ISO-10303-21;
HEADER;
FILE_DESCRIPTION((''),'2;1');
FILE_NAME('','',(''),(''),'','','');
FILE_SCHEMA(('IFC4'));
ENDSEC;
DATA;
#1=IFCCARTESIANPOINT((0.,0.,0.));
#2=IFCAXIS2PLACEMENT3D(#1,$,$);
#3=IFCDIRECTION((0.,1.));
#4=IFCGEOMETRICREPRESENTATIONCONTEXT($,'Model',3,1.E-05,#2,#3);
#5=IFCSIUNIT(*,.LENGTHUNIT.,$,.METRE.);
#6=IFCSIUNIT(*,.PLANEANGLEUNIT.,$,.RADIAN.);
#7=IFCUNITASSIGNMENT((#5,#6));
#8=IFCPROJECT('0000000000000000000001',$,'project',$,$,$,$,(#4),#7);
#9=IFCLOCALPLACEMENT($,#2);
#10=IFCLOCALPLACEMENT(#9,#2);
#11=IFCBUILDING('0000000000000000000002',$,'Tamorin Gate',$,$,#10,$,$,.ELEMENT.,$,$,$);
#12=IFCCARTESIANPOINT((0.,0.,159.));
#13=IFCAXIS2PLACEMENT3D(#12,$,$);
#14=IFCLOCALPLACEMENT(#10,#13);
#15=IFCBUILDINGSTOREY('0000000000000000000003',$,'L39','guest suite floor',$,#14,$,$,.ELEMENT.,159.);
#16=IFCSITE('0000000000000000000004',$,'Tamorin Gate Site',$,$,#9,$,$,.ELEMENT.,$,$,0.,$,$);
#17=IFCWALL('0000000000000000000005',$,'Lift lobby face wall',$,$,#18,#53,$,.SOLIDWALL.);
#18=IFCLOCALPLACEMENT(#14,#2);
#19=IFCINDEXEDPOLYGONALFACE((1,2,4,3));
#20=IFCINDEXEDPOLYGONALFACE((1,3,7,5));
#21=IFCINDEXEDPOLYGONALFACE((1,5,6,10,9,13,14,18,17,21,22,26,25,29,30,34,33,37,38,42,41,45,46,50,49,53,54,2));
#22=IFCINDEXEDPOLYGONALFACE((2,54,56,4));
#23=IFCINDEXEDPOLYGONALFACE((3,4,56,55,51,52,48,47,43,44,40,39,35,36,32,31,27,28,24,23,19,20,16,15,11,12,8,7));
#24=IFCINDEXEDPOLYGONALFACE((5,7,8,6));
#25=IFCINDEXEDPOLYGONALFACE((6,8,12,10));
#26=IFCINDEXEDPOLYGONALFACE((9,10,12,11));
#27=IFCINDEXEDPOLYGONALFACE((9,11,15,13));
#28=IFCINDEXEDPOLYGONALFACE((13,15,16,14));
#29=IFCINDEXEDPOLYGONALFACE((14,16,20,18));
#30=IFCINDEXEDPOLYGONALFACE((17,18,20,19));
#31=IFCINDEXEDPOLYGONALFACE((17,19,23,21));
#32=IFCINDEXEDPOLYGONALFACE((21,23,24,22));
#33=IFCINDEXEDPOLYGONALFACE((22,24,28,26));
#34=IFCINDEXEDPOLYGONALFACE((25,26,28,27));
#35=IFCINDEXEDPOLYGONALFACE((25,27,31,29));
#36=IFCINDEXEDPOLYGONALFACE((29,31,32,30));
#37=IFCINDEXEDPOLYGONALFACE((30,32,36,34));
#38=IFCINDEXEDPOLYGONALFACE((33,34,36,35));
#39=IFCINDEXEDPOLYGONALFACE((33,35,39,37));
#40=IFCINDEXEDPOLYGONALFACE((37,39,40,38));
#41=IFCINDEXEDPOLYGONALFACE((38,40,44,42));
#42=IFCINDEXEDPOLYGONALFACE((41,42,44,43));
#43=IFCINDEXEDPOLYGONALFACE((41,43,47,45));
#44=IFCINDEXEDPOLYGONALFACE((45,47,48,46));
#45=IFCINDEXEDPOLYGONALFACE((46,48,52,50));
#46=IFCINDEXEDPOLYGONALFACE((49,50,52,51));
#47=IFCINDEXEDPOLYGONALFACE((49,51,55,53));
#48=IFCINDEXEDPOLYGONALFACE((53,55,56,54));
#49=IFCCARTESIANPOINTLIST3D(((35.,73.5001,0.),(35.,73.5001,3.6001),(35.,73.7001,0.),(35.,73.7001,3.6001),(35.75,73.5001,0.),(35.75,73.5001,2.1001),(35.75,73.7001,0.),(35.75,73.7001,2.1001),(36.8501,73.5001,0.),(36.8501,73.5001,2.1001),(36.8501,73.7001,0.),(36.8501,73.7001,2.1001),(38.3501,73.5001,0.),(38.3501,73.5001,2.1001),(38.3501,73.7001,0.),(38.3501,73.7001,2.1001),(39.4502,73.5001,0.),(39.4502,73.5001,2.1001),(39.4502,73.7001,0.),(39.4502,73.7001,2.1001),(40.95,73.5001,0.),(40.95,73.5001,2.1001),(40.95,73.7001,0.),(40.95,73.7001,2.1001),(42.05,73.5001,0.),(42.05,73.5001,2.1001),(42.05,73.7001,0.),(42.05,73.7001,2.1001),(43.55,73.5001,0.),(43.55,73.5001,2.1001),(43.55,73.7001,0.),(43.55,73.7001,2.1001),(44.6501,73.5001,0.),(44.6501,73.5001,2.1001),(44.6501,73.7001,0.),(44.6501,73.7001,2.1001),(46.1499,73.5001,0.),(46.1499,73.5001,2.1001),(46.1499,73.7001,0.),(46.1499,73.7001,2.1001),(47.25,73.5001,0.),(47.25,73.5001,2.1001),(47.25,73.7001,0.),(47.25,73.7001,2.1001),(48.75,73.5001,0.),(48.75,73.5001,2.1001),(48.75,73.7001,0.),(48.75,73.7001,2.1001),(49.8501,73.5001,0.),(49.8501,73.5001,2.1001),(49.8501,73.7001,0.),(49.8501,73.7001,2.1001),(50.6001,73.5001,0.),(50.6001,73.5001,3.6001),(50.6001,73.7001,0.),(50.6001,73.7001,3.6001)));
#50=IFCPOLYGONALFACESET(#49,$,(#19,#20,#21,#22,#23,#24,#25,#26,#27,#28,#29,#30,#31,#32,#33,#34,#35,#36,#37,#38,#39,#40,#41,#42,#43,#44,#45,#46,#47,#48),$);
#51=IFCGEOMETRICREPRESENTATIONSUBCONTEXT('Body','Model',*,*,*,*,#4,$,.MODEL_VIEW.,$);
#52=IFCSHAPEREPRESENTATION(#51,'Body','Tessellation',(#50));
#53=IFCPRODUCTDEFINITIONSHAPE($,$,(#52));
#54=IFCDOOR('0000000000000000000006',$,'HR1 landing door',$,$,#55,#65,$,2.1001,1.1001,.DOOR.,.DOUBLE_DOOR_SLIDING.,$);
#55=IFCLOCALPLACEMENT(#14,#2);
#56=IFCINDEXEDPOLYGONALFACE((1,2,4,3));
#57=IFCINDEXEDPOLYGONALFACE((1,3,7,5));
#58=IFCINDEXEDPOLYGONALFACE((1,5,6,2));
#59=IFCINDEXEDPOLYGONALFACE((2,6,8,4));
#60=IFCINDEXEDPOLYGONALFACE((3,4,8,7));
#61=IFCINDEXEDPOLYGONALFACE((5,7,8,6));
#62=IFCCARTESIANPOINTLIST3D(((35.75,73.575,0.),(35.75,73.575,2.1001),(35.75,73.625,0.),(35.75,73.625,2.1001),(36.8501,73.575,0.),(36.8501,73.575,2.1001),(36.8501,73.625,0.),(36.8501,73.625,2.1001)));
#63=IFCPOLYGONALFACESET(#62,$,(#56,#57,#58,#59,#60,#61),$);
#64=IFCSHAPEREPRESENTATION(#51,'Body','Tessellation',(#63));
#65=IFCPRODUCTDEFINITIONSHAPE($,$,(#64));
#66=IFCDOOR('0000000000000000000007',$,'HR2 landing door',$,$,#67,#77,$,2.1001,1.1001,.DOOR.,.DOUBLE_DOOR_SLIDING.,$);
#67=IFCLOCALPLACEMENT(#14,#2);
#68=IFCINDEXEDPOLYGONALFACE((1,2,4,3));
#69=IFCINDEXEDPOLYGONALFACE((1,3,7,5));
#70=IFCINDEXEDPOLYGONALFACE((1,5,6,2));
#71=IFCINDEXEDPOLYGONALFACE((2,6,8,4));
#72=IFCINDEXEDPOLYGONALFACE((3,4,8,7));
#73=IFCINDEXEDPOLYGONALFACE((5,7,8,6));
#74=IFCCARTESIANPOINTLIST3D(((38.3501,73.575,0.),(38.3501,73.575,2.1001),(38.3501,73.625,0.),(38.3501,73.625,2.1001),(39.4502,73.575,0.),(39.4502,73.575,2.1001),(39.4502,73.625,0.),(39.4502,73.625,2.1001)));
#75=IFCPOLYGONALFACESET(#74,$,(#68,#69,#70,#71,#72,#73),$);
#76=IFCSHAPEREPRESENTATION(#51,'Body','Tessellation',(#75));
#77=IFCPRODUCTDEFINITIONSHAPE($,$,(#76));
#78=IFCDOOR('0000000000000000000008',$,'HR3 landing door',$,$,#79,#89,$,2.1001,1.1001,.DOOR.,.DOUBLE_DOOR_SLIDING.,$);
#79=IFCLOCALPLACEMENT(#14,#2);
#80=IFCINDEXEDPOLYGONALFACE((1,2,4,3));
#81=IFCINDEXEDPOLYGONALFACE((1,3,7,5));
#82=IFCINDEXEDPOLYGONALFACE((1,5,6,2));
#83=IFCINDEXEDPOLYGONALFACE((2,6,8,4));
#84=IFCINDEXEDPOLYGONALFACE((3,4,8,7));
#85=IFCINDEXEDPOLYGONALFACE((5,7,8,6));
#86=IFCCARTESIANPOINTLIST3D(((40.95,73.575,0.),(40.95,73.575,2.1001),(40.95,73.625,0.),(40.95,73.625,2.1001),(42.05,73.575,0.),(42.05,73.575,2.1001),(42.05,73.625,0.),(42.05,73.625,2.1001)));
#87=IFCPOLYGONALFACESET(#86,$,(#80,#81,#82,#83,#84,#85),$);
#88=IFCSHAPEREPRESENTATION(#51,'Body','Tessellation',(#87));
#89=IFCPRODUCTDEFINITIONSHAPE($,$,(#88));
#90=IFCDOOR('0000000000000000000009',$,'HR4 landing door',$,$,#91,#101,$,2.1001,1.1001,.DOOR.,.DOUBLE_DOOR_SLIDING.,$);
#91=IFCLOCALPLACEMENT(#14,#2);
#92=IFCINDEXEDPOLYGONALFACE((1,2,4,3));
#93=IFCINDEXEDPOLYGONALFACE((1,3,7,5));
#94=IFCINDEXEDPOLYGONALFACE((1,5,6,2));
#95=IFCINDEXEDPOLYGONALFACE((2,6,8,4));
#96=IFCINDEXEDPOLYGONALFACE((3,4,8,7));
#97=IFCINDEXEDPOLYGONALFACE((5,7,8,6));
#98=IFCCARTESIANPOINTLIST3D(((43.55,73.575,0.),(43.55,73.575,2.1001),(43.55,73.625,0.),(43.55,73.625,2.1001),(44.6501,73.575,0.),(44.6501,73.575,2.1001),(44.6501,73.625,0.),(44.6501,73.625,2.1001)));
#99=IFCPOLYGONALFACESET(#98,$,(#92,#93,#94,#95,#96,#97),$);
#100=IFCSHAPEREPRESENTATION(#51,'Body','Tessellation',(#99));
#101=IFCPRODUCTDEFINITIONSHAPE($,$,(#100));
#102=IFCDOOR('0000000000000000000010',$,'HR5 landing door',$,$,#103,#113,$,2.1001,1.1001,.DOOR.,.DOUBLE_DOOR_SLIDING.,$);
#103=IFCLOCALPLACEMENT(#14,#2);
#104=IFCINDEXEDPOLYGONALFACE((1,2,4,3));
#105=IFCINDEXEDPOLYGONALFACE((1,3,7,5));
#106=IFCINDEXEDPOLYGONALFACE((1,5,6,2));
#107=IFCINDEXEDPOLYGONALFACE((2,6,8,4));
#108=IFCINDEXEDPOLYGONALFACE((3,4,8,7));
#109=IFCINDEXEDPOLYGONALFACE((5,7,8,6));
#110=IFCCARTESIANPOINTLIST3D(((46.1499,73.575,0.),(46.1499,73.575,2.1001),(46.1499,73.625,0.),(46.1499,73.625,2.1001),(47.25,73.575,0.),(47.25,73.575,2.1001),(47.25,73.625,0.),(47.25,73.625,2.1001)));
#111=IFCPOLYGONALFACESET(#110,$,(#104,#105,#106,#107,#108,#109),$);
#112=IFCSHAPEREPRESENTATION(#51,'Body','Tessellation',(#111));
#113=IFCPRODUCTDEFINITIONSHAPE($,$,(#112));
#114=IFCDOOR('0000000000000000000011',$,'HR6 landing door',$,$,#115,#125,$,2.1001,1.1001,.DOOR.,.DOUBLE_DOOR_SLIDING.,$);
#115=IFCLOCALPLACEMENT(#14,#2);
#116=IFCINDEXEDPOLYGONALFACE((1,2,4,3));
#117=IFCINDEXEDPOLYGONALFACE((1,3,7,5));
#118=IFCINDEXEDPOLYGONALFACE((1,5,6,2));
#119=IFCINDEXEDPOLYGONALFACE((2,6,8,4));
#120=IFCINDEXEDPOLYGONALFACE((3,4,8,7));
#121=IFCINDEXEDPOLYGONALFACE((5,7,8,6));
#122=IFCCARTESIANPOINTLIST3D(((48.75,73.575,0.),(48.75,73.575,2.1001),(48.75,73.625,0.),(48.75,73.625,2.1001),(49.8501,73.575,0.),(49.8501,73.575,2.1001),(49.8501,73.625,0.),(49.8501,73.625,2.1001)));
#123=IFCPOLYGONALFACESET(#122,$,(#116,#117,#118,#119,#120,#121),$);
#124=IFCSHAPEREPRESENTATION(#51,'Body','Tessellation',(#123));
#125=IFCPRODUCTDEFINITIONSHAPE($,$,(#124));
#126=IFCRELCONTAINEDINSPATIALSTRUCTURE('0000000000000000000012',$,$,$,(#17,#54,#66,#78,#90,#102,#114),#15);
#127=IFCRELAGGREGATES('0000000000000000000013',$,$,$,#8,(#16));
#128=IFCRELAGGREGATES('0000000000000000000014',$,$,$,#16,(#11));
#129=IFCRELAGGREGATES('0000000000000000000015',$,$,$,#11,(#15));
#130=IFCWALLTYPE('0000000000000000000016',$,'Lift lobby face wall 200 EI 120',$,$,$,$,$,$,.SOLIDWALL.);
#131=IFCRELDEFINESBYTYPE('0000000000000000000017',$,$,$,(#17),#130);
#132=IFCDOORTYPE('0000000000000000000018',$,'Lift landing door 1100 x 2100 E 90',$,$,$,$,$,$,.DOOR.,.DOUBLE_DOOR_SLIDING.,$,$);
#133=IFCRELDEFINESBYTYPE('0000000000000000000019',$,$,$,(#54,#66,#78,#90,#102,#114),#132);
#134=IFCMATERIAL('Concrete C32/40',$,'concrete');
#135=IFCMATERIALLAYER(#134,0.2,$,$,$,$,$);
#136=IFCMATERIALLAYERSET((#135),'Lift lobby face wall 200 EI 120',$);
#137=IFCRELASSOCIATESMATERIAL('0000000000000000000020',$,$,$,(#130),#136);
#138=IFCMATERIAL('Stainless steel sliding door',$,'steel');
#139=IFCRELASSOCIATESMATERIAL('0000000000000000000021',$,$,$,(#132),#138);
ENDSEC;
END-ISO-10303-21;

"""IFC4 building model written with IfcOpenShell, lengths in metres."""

from ifc_helpers import new_model, si_unit, direction, frame, frame_2d, origin, place, context, subcontext, project, spatial, rectangle, extrude, material, layer, layer_set, type_object, element, fill, save


model = new_model("IFC4")

# Units and contexts
model_context = context("Model", 3, precision=1e-05, world=origin(), true_north=direction((0.0, 1.0)))
body_context = subcontext(model_context, "Body", "Model", "MODEL_VIEW")
ifc_project = project(units=[si_unit("LENGTHUNIT", "METRE"), si_unit("PLANEANGLEUNIT", "RADIAN")], contexts=[model_context])

# Site, building, storey
site_placement = place(None, origin())
site = spatial("IfcSite", under=ifc_project, at=site_placement, Name="Tamorin Gate Site", CompositionType="ELEMENT", RefElevation=0.0)
building_placement = place(site_placement, origin())
building = spatial("IfcBuilding", under=site, at=building_placement, Name="Tamorin Gate", CompositionType="ELEMENT")
storey_placement = place(building_placement, frame((0.0, 0.0, 159.0)))
storey = spatial("IfcBuildingStorey", under=building, at=storey_placement, Name="L39", Description="guest suite floor", CompositionType="ELEMENT", Elevation=159.0)

# Wall, openings, doors
ifc_material_1 = material(Name="Concrete C32/40", Category="concrete")
ifc_layer_1 = layer(ifc_material_1, 0.2)
ifc_layer_set_1 = layer_set([ifc_layer_1], Name="Lift lobby face wall 200 EI 120")
wall_type_1 = type_object("IfcWallType", Name="Lift lobby face wall 200 EI 120", PredefinedType="SOLIDWALL", material=ifc_layer_set_1)
wall_1_placement = place(storey_placement, frame((35.0, 73.6001, 0.0), z_axis=(0.0, 0.0, 1.0), x_axis=(1.0, 0.0, 0.0)))
wall_1 = element("IfcWall", 1, at=wall_1_placement, inside=storey, type_object=wall_type_1, Name="Lift lobby face wall", PredefinedType="SOLIDWALL", context=body_context, shape_type="SweptSolid", body=[
    extrude(rectangle(XDim=15.6001, YDim=0.2, at=frame_2d((7.8, 0.0))), origin(), (0.0, 0.0, 1.0), 3.6001),
])
opening_1_placement = place(wall_1_placement, frame((0.75, 0.0, 0.0)))
opening_1 = element("IfcOpeningElement", 2, at=opening_1_placement, cuts=wall_1, PredefinedType="OPENING", context=body_context, shape_type="SweptSolid", body=[
    extrude(rectangle(XDim=1.1001, YDim=2.1001, at=frame_2d((0.55, 1.05))), frame((0.0, 0.1099, 0.0), z_axis=(0.0, -1.0, 0.0), x_axis=(1.0, 0.0, 0.0)), (0.0, 0.0, 1.0), 0.22),
])
opening_2_placement = place(wall_1_placement, frame((3.3501, 0.0, 0.0)))
opening_2 = element("IfcOpeningElement", 3, at=opening_2_placement, cuts=wall_1, PredefinedType="OPENING", context=body_context, shape_type="SweptSolid", body=[
    extrude(rectangle(XDim=1.1001, YDim=2.1001, at=frame_2d((0.55, 1.05))), frame((0.0, 0.1099, 0.0), z_axis=(0.0, -1.0, 0.0), x_axis=(1.0, 0.0, 0.0)), (0.0, 0.0, 1.0), 0.22),
])
opening_3_placement = place(wall_1_placement, frame((5.95, 0.0, 0.0)))
opening_3 = element("IfcOpeningElement", 4, at=opening_3_placement, cuts=wall_1, PredefinedType="OPENING", context=body_context, shape_type="SweptSolid", body=[
    extrude(rectangle(XDim=1.1001, YDim=2.1001, at=frame_2d((0.55, 1.05))), frame((0.0, 0.1099, 0.0), z_axis=(0.0, -1.0, 0.0), x_axis=(1.0, 0.0, 0.0)), (0.0, 0.0, 1.0), 0.22),
])
opening_4_placement = place(wall_1_placement, frame((8.55, 0.0, 0.0)))
opening_4 = element("IfcOpeningElement", 5, at=opening_4_placement, cuts=wall_1, PredefinedType="OPENING", context=body_context, shape_type="SweptSolid", body=[
    extrude(rectangle(XDim=1.1001, YDim=2.1001, at=frame_2d((0.55, 1.05))), frame((0.0, 0.1099, 0.0), z_axis=(0.0, -1.0, 0.0), x_axis=(1.0, 0.0, 0.0)), (0.0, 0.0, 1.0), 0.22),
])
opening_5_placement = place(wall_1_placement, frame((11.1499, 0.0, 0.0)))
opening_5 = element("IfcOpeningElement", 6, at=opening_5_placement, cuts=wall_1, PredefinedType="OPENING", context=body_context, shape_type="SweptSolid", body=[
    extrude(rectangle(XDim=1.1001, YDim=2.1001, at=frame_2d((0.55, 1.05))), frame((0.0, 0.1099, 0.0), z_axis=(0.0, -1.0, 0.0), x_axis=(1.0, 0.0, 0.0)), (0.0, 0.0, 1.0), 0.22),
])
opening_6_placement = place(wall_1_placement, frame((13.75, 0.0, 0.0)))
opening_6 = element("IfcOpeningElement", 7, at=opening_6_placement, cuts=wall_1, PredefinedType="OPENING", context=body_context, shape_type="SweptSolid", body=[
    extrude(rectangle(XDim=1.1001, YDim=2.1001, at=frame_2d((0.55, 1.05))), frame((0.0, 0.1099, 0.0), z_axis=(0.0, -1.0, 0.0), x_axis=(1.0, 0.0, 0.0)), (0.0, 0.0, 1.0), 0.22),
])
ifc_material_2 = material(Name="Stainless steel sliding door", Category="steel")
door_type_1 = type_object("IfcDoorType", Name="Lift landing door 1100 x 2100 E 90", OperationType="DOUBLE_DOOR_SLIDING", PredefinedType="DOOR", material=ifc_material_2)
door_1_placement = place(opening_1_placement, origin())
door_1 = element("IfcDoor", 8, at=door_1_placement, inside=storey, type_object=door_type_1, Name="HR1 landing door", OperationType="DOUBLE_DOOR_SLIDING", OverallHeight=2.1001, OverallWidth=1.1001, PredefinedType="DOOR", context=body_context, shape_type="SweptSolid", body=[
    extrude(rectangle(XDim=1.1001, YDim=2.1001, at=frame_2d((0.55, 1.05))), frame((0.0, 0.0249, 0.0), z_axis=(0.0, -1.0, 0.0), x_axis=(1.0, 0.0, 0.0)), (0.0, 0.0, 1.0), 0.05),
])
fill(opening_1, door_1)
door_2_placement = place(opening_2_placement, origin())
door_2 = element("IfcDoor", 9, at=door_2_placement, inside=storey, type_object=door_type_1, Name="HR2 landing door", OperationType="DOUBLE_DOOR_SLIDING", OverallHeight=2.1001, OverallWidth=1.1001, PredefinedType="DOOR", context=body_context, shape_type="SweptSolid", body=[
    extrude(rectangle(XDim=1.1001, YDim=2.1001, at=frame_2d((0.55, 1.05))), frame((0.0, 0.0249, 0.0), z_axis=(0.0, -1.0, 0.0), x_axis=(1.0, 0.0, 0.0)), (0.0, 0.0, 1.0), 0.05),
])
fill(opening_2, door_2)
door_3_placement = place(opening_3_placement, origin())
door_3 = element("IfcDoor", 10, at=door_3_placement, inside=storey, type_object=door_type_1, Name="HR3 landing door", OperationType="DOUBLE_DOOR_SLIDING", OverallHeight=2.1001, OverallWidth=1.1001, PredefinedType="DOOR", context=body_context, shape_type="SweptSolid", body=[
    extrude(rectangle(XDim=1.1001, YDim=2.1001, at=frame_2d((0.55, 1.05))), frame((0.0, 0.0249, 0.0), z_axis=(0.0, -1.0, 0.0), x_axis=(1.0, 0.0, 0.0)), (0.0, 0.0, 1.0), 0.05),
])
fill(opening_3, door_3)
door_4_placement = place(opening_4_placement, origin())
door_4 = element("IfcDoor", 11, at=door_4_placement, inside=storey, type_object=door_type_1, Name="HR4 landing door", OperationType="DOUBLE_DOOR_SLIDING", OverallHeight=2.1001, OverallWidth=1.1001, PredefinedType="DOOR", context=body_context, shape_type="SweptSolid", body=[
    extrude(rectangle(XDim=1.1001, YDim=2.1001, at=frame_2d((0.55, 1.05))), frame((0.0, 0.0249, 0.0), z_axis=(0.0, -1.0, 0.0), x_axis=(1.0, 0.0, 0.0)), (0.0, 0.0, 1.0), 0.05),
])
fill(opening_4, door_4)
door_5_placement = place(opening_5_placement, origin())
door_5 = element("IfcDoor", 12, at=door_5_placement, inside=storey, type_object=door_type_1, Name="HR5 landing door", OperationType="DOUBLE_DOOR_SLIDING", OverallHeight=2.1001, OverallWidth=1.1001, PredefinedType="DOOR", context=body_context, shape_type="SweptSolid", body=[
    extrude(rectangle(XDim=1.1001, YDim=2.1001, at=frame_2d((0.55, 1.05))), frame((0.0, 0.0249, 0.0), z_axis=(0.0, -1.0, 0.0), x_axis=(1.0, 0.0, 0.0)), (0.0, 0.0, 1.0), 0.05),
])
fill(opening_5, door_5)
door_6_placement = place(opening_6_placement, origin())
door_6 = element("IfcDoor", 13, at=door_6_placement, inside=storey, type_object=door_type_1, Name="HR6 landing door", OperationType="DOUBLE_DOOR_SLIDING", OverallHeight=2.1001, OverallWidth=1.1001, PredefinedType="DOOR", context=body_context, shape_type="SweptSolid", body=[
    extrude(rectangle(XDim=1.1001, YDim=2.1001, at=frame_2d((0.55, 1.05))), frame((0.0, 0.0249, 0.0), z_axis=(0.0, -1.0, 0.0), x_axis=(1.0, 0.0, 0.0)), (0.0, 0.0, 1.0), 0.05),
])
fill(opening_6, door_6)

save(model, "model.ifc")
